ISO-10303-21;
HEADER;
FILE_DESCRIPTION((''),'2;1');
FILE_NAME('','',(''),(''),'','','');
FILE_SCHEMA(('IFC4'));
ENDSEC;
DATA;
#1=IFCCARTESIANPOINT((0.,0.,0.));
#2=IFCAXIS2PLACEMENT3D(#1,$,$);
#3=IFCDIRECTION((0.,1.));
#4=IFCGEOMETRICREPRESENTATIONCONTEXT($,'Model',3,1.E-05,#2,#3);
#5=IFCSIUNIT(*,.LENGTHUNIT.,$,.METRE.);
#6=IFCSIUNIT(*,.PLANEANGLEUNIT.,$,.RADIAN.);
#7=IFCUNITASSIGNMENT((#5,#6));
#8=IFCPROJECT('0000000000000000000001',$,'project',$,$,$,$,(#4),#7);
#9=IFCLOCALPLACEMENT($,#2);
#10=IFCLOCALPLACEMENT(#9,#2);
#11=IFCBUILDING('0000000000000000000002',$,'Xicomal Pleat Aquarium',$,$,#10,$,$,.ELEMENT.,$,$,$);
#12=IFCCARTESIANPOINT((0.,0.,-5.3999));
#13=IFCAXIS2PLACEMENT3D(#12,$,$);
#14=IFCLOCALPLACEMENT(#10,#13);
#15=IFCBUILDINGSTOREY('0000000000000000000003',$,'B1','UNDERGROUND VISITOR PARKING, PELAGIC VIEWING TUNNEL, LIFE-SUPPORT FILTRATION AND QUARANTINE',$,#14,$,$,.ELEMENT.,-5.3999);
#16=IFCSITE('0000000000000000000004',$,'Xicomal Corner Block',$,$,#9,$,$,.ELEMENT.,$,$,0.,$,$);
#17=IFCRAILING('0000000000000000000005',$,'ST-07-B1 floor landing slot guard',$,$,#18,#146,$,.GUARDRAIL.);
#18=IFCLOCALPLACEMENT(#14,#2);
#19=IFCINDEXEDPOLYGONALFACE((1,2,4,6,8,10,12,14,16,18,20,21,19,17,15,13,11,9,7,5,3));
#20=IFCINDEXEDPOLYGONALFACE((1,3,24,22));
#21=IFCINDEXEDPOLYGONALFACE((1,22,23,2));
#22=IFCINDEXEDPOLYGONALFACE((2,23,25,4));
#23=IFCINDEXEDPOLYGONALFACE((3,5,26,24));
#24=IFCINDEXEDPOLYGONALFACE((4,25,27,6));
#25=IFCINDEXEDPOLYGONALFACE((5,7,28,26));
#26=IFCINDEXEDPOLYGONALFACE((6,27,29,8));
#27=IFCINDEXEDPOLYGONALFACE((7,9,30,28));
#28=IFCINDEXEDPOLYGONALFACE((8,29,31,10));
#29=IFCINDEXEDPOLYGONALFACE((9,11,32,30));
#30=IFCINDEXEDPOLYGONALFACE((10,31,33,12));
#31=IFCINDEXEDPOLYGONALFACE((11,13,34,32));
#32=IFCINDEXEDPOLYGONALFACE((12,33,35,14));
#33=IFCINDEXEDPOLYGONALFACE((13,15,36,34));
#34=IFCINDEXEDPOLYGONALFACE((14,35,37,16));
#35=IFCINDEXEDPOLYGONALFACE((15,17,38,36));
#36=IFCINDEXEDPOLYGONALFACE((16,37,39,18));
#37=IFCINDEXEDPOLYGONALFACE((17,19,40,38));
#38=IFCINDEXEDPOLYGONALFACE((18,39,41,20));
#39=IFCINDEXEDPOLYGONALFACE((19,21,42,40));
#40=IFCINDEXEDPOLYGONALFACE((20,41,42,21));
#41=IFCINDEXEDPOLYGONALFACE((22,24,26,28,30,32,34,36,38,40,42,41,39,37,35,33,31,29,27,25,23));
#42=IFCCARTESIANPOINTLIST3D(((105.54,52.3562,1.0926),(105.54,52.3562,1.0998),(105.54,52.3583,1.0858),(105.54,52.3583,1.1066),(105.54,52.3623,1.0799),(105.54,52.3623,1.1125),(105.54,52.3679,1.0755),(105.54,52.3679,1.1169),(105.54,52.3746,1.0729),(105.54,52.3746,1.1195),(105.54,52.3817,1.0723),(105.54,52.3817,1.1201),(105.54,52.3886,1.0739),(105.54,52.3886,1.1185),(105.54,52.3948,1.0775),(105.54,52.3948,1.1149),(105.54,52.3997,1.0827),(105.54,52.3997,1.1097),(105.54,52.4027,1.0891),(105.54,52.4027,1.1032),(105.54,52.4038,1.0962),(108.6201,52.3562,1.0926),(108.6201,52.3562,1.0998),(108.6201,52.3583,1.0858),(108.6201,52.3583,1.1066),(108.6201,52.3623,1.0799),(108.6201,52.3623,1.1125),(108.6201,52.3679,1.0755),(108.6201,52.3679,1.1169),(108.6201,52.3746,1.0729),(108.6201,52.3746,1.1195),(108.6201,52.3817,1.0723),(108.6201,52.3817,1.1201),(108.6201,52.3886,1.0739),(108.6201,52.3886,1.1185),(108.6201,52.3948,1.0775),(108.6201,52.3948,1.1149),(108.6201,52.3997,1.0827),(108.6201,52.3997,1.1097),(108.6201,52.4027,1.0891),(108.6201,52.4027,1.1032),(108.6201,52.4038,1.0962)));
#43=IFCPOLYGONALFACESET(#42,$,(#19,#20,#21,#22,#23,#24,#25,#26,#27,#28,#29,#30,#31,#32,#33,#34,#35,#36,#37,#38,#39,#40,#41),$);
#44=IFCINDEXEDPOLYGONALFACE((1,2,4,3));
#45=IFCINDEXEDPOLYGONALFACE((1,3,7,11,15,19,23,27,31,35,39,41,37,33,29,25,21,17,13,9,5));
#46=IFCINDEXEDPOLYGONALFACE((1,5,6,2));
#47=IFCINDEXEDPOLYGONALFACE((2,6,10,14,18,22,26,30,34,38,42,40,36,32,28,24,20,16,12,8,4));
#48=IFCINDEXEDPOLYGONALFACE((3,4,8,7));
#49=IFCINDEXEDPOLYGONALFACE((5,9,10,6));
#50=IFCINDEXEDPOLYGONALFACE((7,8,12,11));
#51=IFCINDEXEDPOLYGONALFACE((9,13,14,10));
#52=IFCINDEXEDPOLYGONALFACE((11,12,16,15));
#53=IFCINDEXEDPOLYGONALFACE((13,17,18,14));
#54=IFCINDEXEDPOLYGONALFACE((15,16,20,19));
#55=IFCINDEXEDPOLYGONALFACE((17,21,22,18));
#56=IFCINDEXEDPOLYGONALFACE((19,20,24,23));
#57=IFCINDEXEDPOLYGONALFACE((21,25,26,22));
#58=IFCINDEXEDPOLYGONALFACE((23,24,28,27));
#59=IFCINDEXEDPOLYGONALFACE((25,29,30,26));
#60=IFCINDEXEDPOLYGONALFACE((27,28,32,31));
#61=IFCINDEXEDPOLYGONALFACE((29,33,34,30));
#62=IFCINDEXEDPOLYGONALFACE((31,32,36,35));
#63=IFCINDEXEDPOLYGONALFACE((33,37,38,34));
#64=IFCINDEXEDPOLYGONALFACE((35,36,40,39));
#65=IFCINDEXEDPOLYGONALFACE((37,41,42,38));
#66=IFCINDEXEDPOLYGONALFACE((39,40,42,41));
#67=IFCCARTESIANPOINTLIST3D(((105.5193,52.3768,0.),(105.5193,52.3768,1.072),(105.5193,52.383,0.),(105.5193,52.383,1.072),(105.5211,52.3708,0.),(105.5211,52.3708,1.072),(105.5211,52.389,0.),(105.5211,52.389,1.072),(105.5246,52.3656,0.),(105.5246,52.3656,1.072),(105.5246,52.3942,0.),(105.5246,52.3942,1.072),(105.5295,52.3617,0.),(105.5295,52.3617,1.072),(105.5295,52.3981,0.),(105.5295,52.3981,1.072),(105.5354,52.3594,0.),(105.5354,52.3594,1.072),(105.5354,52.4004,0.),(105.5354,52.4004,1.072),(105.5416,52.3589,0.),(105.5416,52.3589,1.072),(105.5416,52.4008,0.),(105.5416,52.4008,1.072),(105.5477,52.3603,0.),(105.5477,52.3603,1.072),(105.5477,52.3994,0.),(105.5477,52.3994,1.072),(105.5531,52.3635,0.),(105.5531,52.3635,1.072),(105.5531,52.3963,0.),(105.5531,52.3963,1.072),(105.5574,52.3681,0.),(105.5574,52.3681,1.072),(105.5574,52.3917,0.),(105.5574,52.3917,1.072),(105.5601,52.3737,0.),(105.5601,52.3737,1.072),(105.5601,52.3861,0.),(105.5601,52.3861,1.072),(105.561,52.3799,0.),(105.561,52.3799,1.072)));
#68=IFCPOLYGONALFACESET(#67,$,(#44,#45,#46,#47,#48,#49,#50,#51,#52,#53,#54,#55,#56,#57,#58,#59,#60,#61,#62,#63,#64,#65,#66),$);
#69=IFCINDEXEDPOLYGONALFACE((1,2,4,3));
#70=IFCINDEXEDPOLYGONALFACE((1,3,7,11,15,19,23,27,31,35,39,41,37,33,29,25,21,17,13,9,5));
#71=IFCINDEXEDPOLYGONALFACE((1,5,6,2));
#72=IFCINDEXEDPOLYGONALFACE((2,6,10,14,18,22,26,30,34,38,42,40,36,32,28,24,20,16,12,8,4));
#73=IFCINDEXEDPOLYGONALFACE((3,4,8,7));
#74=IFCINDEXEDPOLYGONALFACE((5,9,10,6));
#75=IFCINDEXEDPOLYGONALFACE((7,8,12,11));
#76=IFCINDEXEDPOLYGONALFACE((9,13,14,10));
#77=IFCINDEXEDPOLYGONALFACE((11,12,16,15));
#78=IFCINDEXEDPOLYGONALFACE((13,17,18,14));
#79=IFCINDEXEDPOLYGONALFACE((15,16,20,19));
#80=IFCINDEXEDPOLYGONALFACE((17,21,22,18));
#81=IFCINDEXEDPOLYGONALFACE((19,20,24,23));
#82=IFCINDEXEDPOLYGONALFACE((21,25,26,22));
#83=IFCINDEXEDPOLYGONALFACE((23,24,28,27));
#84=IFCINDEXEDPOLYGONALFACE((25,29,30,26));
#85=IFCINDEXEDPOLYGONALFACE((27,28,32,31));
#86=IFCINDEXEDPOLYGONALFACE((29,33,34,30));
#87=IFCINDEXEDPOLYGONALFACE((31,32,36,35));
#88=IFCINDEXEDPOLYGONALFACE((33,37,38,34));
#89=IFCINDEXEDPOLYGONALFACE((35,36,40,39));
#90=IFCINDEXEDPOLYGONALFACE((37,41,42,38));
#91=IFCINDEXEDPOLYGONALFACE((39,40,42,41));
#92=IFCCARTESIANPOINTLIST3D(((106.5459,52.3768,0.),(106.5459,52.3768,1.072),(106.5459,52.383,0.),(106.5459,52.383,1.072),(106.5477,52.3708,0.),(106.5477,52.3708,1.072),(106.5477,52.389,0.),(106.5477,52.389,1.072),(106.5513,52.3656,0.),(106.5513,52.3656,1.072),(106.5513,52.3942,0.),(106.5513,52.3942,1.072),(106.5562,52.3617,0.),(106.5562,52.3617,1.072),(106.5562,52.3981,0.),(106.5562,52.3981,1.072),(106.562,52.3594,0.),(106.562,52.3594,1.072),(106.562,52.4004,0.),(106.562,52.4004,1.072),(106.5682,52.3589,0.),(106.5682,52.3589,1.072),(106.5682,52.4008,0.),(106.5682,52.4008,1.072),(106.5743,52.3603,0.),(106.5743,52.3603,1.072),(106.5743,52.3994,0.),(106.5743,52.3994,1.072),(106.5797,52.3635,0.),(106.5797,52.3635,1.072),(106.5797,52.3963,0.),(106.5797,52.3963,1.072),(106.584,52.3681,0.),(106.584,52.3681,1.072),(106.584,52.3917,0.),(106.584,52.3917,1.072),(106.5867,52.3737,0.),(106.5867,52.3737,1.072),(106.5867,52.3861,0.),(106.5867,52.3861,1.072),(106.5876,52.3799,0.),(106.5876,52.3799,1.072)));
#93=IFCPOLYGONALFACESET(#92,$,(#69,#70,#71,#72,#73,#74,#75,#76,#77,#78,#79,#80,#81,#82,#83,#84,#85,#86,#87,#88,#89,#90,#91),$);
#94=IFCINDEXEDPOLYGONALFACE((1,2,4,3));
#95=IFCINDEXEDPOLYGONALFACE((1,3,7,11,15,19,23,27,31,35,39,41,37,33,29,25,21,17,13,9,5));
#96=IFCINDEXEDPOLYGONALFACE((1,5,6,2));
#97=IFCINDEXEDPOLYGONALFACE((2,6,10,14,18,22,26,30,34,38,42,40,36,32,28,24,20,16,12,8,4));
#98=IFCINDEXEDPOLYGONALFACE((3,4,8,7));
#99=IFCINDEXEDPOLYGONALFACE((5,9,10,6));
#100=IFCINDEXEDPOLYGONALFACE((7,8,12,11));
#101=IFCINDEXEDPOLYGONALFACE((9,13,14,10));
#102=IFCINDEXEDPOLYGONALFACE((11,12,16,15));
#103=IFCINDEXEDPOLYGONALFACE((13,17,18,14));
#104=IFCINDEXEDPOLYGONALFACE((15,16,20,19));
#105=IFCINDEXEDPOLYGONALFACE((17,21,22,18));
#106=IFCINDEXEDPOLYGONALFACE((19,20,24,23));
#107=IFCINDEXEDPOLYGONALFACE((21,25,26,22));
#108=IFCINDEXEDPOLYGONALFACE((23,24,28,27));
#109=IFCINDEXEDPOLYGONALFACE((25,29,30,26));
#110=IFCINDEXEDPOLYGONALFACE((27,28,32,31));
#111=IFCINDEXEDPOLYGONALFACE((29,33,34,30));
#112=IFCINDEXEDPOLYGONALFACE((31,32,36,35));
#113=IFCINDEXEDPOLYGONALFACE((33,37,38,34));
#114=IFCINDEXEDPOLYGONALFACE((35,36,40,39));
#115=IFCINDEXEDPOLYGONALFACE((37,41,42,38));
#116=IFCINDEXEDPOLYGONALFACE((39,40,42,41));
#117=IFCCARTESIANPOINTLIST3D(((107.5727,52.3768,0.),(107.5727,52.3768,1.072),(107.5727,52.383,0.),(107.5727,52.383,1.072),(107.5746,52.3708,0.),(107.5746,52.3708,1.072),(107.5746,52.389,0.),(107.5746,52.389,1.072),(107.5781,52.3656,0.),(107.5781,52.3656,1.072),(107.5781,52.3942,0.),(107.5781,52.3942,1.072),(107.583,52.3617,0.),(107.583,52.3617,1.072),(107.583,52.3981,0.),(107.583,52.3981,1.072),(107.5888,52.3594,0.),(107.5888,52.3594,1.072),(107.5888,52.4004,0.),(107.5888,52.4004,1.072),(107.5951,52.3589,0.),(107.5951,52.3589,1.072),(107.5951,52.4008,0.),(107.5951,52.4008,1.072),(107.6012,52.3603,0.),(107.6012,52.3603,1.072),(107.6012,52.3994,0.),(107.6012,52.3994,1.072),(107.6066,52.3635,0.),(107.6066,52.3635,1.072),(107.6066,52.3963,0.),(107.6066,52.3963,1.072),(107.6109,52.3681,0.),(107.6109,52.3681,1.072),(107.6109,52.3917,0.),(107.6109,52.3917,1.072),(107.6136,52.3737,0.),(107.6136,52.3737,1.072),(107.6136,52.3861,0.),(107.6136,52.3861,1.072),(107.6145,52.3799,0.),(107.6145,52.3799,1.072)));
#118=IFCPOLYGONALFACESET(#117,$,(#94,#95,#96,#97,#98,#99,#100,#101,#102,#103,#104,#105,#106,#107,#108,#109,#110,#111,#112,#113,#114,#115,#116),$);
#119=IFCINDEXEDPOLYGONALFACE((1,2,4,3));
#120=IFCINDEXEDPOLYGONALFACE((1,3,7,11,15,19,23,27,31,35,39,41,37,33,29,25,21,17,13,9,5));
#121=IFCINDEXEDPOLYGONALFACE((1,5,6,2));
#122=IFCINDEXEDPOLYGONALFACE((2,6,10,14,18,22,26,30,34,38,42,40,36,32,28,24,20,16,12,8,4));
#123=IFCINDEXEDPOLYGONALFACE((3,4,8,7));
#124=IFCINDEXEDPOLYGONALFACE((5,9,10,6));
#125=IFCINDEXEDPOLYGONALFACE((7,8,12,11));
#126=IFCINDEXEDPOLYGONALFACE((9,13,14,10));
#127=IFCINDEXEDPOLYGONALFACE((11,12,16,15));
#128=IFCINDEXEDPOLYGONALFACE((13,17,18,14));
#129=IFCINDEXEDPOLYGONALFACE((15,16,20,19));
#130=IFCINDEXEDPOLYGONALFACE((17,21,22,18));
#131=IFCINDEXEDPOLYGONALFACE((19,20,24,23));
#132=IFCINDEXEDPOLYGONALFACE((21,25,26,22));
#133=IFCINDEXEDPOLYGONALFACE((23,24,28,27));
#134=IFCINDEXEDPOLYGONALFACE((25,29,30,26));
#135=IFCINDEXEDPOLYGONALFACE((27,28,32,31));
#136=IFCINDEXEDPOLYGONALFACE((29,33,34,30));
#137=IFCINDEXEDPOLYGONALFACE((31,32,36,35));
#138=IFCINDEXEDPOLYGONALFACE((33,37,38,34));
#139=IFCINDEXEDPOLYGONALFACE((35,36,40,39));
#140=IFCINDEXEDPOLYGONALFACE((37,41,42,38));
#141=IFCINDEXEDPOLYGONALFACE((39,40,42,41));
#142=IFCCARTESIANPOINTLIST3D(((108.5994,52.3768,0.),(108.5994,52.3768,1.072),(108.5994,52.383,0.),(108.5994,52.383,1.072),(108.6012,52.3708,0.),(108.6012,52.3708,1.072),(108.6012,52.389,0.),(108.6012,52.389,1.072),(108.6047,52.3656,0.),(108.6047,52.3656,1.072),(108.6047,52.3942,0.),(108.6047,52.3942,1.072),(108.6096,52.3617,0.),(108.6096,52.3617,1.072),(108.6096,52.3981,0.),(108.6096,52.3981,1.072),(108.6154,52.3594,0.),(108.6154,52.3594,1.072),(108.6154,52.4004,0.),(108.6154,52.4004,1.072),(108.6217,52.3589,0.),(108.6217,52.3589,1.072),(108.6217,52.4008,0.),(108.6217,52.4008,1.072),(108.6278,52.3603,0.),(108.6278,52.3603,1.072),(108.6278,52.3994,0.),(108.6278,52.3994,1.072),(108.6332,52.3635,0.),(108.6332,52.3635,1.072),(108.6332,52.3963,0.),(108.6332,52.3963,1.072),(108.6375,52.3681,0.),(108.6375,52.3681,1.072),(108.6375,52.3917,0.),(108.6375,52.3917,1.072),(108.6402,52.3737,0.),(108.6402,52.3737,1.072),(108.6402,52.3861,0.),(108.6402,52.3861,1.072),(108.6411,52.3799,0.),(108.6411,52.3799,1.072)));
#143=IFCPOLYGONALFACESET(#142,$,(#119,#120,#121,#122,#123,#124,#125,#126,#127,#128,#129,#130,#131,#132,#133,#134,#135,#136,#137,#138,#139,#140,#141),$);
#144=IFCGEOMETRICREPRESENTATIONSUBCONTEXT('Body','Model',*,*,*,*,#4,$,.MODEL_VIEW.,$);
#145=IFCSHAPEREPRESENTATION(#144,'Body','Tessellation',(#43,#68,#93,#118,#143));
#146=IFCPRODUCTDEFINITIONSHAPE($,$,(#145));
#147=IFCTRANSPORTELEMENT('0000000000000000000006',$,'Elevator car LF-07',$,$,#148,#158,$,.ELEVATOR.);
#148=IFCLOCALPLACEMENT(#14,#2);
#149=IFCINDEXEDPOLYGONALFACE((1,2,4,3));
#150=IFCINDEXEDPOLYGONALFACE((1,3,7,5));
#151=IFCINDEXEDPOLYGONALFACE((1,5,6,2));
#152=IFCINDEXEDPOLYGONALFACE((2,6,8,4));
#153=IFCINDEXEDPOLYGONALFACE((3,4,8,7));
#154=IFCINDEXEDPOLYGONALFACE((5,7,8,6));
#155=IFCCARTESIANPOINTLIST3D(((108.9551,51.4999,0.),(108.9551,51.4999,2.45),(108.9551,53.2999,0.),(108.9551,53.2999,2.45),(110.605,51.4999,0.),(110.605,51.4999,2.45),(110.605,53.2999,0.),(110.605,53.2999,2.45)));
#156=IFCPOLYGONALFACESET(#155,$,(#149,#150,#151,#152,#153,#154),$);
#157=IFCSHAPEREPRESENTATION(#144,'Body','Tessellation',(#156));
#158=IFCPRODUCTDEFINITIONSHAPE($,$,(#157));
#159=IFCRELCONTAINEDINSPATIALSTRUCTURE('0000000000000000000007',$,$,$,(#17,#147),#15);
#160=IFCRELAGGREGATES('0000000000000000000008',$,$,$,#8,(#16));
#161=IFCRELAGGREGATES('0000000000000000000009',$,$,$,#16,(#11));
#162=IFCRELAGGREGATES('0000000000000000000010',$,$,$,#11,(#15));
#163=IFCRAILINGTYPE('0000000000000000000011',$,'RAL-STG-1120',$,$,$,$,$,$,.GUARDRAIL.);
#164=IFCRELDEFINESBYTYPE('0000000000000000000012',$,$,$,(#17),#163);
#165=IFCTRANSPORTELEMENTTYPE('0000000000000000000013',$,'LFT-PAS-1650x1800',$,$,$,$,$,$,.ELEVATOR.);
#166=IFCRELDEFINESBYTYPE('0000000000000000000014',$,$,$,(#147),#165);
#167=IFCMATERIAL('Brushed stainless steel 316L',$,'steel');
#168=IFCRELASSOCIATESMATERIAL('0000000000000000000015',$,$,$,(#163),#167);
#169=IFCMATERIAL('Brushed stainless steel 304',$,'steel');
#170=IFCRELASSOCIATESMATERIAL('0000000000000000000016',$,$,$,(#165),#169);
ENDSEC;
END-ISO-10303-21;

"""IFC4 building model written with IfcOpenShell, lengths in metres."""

from ifc_helpers import new_model, si_unit, direction, frame, origin, origin_2d, place, context, subcontext, project, spatial, rectangle, circle, extrude, material, type_object, element, save


model = new_model("IFC4")

# Units and contexts
model_context = context("Model", 3, precision=1e-05, world=origin(), true_north=direction((0.0, 1.0)))
body_context = subcontext(model_context, "Body", "Model", "MODEL_VIEW")
ifc_project = project(units=[si_unit("LENGTHUNIT", "METRE"), si_unit("PLANEANGLEUNIT", "RADIAN")], contexts=[model_context])

# Site, building, storey
site_placement = place(None, origin())
site = spatial("IfcSite", under=ifc_project, at=site_placement, Name="Xicomal Corner Block", CompositionType="ELEMENT", RefElevation=0.0)
building_placement = place(site_placement, origin())
building = spatial("IfcBuilding", under=site, at=building_placement, Name="Xicomal Pleat Aquarium", CompositionType="ELEMENT")
storey_placement = place(building_placement, frame((0.0, 0.0, -5.3999)))
storey = spatial("IfcBuildingStorey", under=building, at=storey_placement, Name="B1", Description="UNDERGROUND VISITOR PARKING, PELAGIC VIEWING TUNNEL, LIFE-SUPPORT FILTRATION AND QUARANTINE", CompositionType="ELEMENT", Elevation=-5.3999)

# Railing
ifc_material_1 = material(Name="Brushed stainless steel 316L", Category="steel")
railing_type_1 = type_object("IfcRailingType", Name="RAL-STG-1120", PredefinedType="GUARDRAIL", material=ifc_material_1)
railing_1_placement = place(storey_placement, frame((105.54, 52.3799, 0.0)))
element("IfcRailing", 1, at=railing_1_placement, inside=storey, type_object=railing_type_1, Name="ST-07-B1 floor landing slot guard", PredefinedType="GUARDRAIL", context=body_context, shape_type="SweptSolid", body=[
    extrude(circle(Radius=0.0239, at=origin_2d()), frame((0.0, 0.0, 1.0962), z_axis=(1.0, 0.0, 0.0), x_axis=(0.0, 1.0, 0.0)), (0.0, 0.0, 1.0), 3.0801),
    extrude(circle(Radius=0.021, at=origin_2d()), origin(), (0.0, 0.0, 1.0), 1.072),
    extrude(circle(Radius=0.021, at=origin_2d()), frame((1.0266, 0.0, 0.0)), (0.0, 0.0, 1.0), 1.072),
    extrude(circle(Radius=0.021, at=origin_2d()), frame((2.0535, 0.0, 0.0)), (0.0, 0.0, 1.0), 1.072),
    extrude(circle(Radius=0.021, at=origin_2d()), frame((3.0801, 0.0, 0.0)), (0.0, 0.0, 1.0), 1.072),
])

# Transport element
ifc_material_2 = material(Name="Brushed stainless steel 304", Category="steel")
transport_element_type = type_object("IfcTransportElementType", Name="LFT-PAS-1650x1800", PredefinedType="ELEVATOR", material=ifc_material_2)
transport_element_placement = place(storey_placement, frame((109.78, 52.3999, 0.0), z_axis=(0.0, 0.0, 1.0), x_axis=(1.0, 0.0, 0.0)))
element("IfcTransportElement", 2, at=transport_element_placement, inside=storey, type_object=transport_element_type, Name="Elevator car LF-07", PredefinedType="ELEVATOR", context=body_context, shape_type="SweptSolid", body=[
    extrude(rectangle(XDim=1.6499, YDim=1.8, at=origin_2d()), origin(), (0.0, 0.0, 1.0), 2.45),
])

save(model, "model.ifc")
